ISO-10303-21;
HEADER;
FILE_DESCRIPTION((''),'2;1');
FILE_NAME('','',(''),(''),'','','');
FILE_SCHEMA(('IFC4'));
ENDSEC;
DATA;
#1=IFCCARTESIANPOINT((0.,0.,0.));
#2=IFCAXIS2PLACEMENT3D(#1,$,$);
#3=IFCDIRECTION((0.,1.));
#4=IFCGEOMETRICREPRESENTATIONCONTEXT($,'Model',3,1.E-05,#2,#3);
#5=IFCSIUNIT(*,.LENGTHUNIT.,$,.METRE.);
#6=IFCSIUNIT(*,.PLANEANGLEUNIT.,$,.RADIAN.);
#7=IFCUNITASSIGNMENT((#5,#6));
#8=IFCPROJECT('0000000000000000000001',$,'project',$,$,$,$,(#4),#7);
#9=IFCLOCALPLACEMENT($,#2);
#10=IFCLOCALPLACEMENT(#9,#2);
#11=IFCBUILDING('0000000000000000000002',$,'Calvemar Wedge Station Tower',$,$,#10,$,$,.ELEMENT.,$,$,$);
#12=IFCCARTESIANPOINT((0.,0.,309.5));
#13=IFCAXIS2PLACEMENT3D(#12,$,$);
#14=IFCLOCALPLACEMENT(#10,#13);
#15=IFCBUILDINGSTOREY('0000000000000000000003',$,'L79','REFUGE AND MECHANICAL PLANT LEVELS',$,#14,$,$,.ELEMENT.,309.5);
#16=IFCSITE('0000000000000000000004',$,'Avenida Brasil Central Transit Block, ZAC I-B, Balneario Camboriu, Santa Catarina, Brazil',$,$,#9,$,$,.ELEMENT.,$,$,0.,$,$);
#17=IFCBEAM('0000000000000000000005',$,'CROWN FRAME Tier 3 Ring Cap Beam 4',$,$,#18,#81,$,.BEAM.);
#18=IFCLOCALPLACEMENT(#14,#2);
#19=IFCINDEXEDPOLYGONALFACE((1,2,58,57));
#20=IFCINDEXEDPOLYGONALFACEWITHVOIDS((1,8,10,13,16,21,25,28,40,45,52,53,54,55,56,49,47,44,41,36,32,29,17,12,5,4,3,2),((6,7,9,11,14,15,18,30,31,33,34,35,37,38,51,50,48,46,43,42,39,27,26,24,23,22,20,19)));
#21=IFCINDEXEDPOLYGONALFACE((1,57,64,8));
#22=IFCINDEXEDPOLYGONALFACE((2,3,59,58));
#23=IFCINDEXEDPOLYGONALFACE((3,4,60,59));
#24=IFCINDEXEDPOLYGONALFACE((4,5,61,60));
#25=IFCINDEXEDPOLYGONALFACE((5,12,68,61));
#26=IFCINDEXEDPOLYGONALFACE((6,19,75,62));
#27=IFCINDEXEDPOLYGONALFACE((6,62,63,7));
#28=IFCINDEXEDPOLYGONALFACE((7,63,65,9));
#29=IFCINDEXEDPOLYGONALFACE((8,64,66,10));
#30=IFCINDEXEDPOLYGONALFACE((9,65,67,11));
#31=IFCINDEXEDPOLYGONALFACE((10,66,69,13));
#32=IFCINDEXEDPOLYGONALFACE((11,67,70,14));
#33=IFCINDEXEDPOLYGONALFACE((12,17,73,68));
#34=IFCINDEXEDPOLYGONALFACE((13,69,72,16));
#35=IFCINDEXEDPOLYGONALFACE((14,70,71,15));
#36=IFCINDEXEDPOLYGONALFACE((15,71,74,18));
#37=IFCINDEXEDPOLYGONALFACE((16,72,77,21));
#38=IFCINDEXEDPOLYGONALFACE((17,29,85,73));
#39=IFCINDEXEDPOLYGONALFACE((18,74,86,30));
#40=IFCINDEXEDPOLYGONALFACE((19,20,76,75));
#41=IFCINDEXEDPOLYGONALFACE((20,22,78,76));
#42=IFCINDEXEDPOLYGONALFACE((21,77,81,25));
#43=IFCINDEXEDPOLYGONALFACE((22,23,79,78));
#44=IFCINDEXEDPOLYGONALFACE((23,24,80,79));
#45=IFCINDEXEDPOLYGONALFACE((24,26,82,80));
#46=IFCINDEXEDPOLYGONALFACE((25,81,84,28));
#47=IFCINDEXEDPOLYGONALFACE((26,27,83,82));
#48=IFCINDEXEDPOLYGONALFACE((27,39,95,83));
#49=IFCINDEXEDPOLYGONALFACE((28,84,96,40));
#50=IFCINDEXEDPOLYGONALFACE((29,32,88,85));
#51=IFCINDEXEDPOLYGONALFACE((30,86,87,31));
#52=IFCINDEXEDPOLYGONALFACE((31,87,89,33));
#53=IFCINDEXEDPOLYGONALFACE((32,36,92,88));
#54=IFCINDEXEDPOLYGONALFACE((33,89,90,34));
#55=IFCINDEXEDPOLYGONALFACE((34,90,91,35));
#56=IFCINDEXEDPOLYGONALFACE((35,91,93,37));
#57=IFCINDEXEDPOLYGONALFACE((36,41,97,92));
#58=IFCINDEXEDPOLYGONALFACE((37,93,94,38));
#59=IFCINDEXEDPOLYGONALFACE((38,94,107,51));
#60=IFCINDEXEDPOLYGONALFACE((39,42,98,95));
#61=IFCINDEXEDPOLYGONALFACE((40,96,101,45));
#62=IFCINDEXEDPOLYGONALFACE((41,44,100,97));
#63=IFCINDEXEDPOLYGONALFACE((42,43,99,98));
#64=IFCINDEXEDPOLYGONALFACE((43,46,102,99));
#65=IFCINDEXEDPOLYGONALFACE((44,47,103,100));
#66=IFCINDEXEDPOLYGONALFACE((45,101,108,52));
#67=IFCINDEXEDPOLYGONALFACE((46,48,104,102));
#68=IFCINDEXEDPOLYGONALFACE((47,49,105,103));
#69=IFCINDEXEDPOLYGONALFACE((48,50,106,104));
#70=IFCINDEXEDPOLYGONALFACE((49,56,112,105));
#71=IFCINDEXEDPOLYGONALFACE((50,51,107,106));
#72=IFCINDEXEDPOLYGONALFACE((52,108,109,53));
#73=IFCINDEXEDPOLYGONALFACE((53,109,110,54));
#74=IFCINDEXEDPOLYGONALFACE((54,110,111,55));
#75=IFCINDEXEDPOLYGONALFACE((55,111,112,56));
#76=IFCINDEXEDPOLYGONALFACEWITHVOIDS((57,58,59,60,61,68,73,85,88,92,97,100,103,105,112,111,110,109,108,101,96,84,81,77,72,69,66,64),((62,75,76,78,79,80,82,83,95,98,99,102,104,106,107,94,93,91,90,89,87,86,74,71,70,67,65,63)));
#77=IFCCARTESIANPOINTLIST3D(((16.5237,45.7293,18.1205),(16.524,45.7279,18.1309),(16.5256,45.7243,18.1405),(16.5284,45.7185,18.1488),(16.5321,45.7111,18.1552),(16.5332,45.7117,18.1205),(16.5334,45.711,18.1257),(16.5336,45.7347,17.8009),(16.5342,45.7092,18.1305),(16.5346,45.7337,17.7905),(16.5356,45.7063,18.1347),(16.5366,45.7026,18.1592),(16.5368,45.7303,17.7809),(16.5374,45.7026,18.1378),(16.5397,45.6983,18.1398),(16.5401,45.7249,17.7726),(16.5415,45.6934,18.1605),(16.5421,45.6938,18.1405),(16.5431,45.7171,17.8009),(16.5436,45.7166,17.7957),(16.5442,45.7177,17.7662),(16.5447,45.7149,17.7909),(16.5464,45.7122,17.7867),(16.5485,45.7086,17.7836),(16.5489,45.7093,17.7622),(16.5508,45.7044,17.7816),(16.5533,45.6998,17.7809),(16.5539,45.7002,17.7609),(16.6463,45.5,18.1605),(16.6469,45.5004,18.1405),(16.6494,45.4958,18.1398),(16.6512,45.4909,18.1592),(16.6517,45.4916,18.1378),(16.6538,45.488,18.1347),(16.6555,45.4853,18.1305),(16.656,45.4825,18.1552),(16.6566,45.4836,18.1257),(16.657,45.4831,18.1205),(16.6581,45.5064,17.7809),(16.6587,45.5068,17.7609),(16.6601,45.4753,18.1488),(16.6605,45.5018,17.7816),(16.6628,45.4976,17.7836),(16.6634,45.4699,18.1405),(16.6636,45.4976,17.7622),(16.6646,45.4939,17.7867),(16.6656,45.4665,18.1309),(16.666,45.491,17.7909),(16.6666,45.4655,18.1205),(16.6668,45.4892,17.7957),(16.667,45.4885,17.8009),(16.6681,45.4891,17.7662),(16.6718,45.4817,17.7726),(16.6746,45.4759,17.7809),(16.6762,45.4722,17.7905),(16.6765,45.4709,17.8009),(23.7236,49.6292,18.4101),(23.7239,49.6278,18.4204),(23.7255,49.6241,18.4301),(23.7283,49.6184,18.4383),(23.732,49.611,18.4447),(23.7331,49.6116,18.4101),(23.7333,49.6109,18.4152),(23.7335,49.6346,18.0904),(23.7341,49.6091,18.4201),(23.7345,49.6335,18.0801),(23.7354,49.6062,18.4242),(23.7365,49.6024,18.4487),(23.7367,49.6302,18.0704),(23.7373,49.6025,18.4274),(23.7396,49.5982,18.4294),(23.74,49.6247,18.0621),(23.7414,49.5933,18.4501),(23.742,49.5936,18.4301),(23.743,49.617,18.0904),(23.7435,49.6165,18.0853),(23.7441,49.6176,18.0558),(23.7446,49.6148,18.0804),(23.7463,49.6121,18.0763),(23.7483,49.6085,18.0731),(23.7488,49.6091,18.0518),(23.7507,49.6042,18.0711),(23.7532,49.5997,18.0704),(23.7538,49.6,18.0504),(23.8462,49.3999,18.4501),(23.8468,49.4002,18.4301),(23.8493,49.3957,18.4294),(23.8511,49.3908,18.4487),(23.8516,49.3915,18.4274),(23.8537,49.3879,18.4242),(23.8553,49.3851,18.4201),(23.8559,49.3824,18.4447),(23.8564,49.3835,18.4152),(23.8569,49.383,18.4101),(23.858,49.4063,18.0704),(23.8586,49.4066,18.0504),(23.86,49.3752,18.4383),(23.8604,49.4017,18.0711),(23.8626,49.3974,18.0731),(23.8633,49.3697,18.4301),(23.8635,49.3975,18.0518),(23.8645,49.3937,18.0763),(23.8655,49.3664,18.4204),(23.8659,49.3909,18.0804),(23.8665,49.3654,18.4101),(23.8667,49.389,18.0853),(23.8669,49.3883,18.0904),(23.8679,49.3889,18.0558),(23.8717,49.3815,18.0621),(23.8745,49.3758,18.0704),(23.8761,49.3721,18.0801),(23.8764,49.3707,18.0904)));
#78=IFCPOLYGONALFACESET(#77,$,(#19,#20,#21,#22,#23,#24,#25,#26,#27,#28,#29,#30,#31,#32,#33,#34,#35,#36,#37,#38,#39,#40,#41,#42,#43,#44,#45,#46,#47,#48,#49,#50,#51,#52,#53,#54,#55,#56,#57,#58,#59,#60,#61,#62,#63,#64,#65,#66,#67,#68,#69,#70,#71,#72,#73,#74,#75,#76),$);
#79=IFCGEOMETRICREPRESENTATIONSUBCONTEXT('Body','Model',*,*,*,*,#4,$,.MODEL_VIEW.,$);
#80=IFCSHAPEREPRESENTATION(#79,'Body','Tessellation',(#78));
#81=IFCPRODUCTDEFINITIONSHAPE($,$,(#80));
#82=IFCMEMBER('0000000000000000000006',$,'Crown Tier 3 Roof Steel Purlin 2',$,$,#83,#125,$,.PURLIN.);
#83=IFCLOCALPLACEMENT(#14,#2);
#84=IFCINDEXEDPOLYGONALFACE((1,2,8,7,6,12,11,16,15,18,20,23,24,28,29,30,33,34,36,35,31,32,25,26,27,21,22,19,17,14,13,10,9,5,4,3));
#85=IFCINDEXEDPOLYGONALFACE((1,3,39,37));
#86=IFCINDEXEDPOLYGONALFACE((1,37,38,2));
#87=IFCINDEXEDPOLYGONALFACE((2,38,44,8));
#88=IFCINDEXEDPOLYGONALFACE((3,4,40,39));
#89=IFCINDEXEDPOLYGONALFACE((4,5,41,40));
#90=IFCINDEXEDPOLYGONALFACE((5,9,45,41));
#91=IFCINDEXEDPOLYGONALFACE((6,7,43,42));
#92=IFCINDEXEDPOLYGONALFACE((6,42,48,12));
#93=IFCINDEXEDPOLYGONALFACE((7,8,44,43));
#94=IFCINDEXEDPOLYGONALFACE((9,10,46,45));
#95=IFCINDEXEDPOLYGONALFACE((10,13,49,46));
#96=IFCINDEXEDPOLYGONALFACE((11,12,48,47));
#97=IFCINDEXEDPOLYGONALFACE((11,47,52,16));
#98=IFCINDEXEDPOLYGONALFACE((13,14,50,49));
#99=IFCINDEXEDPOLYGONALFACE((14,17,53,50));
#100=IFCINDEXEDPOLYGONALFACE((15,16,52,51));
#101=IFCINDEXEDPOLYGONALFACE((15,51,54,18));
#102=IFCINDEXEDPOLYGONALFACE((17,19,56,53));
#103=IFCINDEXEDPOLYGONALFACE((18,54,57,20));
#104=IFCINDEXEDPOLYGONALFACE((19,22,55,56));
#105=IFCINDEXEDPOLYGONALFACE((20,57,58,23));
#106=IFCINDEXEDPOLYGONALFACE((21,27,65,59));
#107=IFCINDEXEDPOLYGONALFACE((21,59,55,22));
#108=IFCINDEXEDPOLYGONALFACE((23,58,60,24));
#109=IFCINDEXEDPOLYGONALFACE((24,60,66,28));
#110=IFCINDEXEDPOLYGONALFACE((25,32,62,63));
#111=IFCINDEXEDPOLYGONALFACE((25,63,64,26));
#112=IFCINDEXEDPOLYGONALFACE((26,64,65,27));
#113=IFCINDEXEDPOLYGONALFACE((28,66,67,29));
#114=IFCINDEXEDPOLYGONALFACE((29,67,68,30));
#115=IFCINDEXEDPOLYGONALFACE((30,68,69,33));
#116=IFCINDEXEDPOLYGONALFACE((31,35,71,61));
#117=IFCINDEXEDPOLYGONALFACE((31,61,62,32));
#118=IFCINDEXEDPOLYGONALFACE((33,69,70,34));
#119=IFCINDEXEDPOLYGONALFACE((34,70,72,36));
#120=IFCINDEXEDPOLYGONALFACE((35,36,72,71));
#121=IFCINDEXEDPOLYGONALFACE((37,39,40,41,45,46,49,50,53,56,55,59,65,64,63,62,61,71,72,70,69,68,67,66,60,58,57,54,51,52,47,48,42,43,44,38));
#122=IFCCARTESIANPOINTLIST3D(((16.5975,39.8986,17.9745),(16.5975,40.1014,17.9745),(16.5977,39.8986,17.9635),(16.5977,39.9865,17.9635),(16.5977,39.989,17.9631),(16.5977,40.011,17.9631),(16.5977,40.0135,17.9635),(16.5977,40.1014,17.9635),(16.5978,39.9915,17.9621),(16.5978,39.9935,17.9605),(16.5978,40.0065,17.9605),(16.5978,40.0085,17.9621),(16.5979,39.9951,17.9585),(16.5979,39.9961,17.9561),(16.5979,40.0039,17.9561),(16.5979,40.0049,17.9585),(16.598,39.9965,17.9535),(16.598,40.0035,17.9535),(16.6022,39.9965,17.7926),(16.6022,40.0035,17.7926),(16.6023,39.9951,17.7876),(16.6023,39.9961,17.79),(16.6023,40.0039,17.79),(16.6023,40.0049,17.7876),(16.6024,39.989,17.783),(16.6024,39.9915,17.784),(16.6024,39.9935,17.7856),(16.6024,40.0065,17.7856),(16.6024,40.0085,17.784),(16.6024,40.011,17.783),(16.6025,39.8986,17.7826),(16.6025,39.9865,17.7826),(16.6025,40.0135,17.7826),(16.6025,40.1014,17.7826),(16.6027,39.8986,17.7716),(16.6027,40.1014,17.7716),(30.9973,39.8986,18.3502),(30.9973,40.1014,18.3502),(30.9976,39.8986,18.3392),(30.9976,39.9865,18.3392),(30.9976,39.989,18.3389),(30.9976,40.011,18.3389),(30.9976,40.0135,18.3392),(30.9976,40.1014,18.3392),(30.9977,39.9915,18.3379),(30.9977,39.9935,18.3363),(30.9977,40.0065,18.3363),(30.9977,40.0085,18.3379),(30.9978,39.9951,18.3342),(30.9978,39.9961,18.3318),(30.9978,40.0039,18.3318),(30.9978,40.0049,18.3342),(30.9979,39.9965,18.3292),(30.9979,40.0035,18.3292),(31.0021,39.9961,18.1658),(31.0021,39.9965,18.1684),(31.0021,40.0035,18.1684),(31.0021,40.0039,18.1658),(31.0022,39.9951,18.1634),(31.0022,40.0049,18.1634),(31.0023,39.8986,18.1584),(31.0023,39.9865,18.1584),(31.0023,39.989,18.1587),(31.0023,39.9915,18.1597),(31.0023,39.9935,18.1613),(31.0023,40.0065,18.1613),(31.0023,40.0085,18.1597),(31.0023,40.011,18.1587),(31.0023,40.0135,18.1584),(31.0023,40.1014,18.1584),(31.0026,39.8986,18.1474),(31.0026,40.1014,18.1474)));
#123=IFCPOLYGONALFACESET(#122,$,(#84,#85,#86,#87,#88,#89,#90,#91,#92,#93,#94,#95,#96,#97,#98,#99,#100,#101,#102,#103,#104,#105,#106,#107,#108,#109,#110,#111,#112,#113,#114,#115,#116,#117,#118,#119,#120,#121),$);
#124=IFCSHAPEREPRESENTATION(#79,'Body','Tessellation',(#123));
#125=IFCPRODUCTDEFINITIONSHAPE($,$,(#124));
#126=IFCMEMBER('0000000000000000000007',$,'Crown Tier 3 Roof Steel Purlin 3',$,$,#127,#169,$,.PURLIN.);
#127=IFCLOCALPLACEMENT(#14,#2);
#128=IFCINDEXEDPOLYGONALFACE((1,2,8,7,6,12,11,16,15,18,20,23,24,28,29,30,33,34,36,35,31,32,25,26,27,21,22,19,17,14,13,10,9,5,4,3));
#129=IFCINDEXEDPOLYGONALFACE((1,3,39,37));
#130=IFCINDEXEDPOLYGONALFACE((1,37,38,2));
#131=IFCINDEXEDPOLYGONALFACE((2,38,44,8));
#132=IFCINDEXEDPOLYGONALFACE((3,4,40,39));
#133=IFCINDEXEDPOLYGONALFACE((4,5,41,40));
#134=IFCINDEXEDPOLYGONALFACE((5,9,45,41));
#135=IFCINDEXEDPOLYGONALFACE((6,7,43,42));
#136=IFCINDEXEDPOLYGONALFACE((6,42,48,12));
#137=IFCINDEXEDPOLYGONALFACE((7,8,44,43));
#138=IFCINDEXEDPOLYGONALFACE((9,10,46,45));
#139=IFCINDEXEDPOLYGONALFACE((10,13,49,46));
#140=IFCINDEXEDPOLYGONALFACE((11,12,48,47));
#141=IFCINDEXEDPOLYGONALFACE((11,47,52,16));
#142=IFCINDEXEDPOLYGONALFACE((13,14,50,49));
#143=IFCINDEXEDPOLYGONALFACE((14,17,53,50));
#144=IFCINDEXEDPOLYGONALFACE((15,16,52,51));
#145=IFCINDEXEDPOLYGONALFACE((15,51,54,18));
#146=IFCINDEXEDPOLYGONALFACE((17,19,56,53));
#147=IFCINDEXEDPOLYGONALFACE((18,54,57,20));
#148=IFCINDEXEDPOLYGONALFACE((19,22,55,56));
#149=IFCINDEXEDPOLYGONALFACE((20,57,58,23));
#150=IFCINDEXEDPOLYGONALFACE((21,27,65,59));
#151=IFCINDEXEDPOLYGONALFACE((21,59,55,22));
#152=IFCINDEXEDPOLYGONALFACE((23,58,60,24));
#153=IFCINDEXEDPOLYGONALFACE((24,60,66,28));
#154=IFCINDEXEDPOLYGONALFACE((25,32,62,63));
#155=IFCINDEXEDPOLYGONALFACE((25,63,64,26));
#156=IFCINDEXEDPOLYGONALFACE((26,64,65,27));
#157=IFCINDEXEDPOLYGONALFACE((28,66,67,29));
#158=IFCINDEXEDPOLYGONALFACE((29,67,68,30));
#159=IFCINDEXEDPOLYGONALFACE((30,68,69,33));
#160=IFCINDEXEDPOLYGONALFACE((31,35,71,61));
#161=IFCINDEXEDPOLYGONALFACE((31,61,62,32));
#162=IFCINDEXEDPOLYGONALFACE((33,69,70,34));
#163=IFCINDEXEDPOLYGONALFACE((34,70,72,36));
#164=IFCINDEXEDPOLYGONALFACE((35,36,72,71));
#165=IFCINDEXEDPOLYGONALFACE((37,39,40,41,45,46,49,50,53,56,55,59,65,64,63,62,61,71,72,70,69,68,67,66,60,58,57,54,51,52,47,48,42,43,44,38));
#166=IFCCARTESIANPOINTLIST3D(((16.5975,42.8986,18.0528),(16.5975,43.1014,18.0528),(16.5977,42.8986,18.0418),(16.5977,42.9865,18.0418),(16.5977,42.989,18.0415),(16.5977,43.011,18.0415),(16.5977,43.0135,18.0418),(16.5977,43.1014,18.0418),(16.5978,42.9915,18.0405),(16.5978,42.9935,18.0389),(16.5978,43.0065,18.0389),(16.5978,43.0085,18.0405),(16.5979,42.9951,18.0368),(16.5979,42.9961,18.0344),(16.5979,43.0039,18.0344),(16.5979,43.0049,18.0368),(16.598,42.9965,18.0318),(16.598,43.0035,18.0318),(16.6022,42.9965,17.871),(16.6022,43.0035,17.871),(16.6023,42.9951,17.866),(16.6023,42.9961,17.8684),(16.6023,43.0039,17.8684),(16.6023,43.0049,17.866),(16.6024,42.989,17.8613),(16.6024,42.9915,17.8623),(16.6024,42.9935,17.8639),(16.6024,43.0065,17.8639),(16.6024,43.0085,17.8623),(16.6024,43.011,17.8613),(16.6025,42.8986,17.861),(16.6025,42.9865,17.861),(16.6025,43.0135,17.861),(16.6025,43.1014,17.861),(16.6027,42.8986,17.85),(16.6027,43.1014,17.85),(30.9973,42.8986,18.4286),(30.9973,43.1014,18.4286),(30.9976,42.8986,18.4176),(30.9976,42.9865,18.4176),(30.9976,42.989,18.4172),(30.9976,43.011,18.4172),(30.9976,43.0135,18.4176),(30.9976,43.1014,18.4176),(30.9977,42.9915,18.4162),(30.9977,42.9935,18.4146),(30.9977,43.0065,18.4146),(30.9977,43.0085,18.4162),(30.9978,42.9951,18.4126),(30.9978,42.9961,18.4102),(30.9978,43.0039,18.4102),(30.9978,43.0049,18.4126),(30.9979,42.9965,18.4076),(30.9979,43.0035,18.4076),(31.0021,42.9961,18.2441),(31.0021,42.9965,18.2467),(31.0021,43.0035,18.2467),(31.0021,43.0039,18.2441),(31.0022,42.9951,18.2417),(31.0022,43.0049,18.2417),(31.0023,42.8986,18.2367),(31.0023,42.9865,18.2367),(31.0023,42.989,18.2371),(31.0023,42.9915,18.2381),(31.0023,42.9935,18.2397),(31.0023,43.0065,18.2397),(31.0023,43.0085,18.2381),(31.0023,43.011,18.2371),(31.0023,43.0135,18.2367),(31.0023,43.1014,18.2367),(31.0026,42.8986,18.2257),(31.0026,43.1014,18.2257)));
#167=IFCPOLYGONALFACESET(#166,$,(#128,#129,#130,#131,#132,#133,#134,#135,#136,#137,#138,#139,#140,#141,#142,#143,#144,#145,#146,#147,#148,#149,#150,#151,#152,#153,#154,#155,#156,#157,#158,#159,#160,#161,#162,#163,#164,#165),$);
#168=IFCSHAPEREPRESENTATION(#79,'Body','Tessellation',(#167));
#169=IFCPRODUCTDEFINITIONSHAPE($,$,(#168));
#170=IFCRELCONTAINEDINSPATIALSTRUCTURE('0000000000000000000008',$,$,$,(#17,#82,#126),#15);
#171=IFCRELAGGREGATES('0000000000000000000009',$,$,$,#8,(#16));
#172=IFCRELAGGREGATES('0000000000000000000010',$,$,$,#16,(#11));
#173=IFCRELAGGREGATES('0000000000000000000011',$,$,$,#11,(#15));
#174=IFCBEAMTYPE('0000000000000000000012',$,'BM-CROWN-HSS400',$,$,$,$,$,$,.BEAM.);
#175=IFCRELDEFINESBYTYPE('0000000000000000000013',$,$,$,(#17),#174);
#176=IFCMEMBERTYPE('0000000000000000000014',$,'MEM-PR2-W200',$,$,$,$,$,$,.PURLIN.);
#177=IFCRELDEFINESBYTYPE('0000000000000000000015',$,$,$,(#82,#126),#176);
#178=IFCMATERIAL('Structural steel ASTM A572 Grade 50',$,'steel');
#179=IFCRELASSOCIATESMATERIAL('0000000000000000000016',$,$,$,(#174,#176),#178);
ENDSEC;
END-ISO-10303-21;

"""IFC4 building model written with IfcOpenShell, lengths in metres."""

from ifc_helpers import new_model, si_unit, direction, frame, origin, origin_2d, place, context, subcontext, project, spatial, hollow_rectangle, i_section, extrude, source, transform, mapped, material, material_profile, profile_set, type_object, element, save


model = new_model("IFC4")

# Units and contexts
model_context = context("Model", 3, precision=1e-05, world=origin(), true_north=direction((0.0, 1.0)))
body_context = subcontext(model_context, "Body", "Model", "MODEL_VIEW")
ifc_project = project(units=[si_unit("LENGTHUNIT", "METRE"), si_unit("PLANEANGLEUNIT", "RADIAN")], contexts=[model_context])

# Site, building, storey
site_placement = place(None, origin())
site = spatial("IfcSite", under=ifc_project, at=site_placement, Name="Avenida Brasil Central Transit Block, ZAC I-B, Balneario Camboriu, Santa Catarina, Brazil", CompositionType="ELEMENT", RefElevation=0.0)
building_placement = place(site_placement, origin())
building = spatial("IfcBuilding", under=site, at=building_placement, Name="Calvemar Wedge Station Tower", CompositionType="ELEMENT")
storey_placement = place(building_placement, frame((0.0, 0.0, 309.5)))
storey = spatial("IfcBuildingStorey", under=building, at=storey_placement, Name="L79", Description="REFUGE AND MECHANICAL PLANT LEVELS", CompositionType="ELEMENT", Elevation=309.5)

# Shared definitions
ifc_material_1 = material(Name="Structural steel ASTM A572 Grade 50", Category="steel")

# Shared definitions
ifc_material_profile_1 = material_profile(ifc_material_1, hollow_rectangle(XDim=0.3, YDim=0.3999, WallThickness=0.02, InnerFilletRadius=0.02, OuterFilletRadius=0.04, at=origin_2d()), Name="HSS400x300x20")
ifc_profile_set_1 = profile_set([ifc_material_profile_1], Name="Structural steel ASTM A572 Grade 50")
beam_type = type_object("IfcBeamType", Name="BM-CROWN-HSS400", PredefinedType="BEAM", material=ifc_profile_set_1)

# Shared definitions
ifc_material_profile_2 = material_profile(ifc_material_1, i_section(OverallWidth=0.2029, OverallDepth=0.2029, WebThickness=0.0071, FlangeThickness=0.011, FilletRadius=0.01, at=origin_2d()), Name="W200x46.1")
ifc_profile_set_2 = profile_set([ifc_material_profile_2], Name="Structural steel ASTM A572 Grade 50")
member_type_1 = type_object("IfcMemberType", Name="MEM-PR2-W200", PredefinedType="PURLIN", material=ifc_profile_set_2)

# Beam
shared_shape_1 = source(origin(), body_context, "Body", "SweptSolid", [
    extrude(hollow_rectangle(XDim=0.3, YDim=0.3999, WallThickness=0.02, InnerFilletRadius=0.02, OuterFilletRadius=0.04, at=origin_2d()), origin(), (0.0, 0.0, 1.0), 8.1934),
])
for number, where, z_axis, x_axis, name in (
    (1, (16.6001, 45.6001, 17.9607), (0.878746, 0.475979, 0.035339), (-0.476276, 0.879296, 0.0), "CROWN FRAME Tier 3 Ring Cap Beam 4"),
):
    element("IfcBeam", number, at=place(storey_placement, frame(where, z_axis=z_axis, x_axis=x_axis)), inside=storey, type_object=beam_type, Name=name, PredefinedType="BEAM", context=body_context, shape_type="MappedRepresentation", body=[
        mapped(shared_shape_1, transform((0.0, 0.0, 0.0), scale=1.0)),
    ])

# Members
shared_shape_2 = source(origin(), body_context, "Body", "SweptSolid", [
    extrude(i_section(OverallWidth=0.2029, OverallDepth=0.2029, WebThickness=0.0071, FlangeThickness=0.011, FilletRadius=0.01, at=origin_2d()), origin(), (0.0, 0.0, 1.0), 14.4048),
])
for number, where, z_axis, x_axis, name in (
    (2, (16.6001, 40.0, 17.873), (0.99966, 0.0, 0.026084), (0.0, 1.0, 0.0), "Crown Tier 3 Roof Steel Purlin 2"),
    (3, (16.6001, 43.0, 17.9514), (0.99966, 0.0, 0.026084), (0.0, 1.0, 0.0), "Crown Tier 3 Roof Steel Purlin 3"),
):
    element("IfcMember", number, at=place(storey_placement, frame(where, z_axis=z_axis, x_axis=x_axis)), inside=storey, type_object=member_type_1, Name=name, PredefinedType="PURLIN", context=body_context, shape_type="MappedRepresentation", body=[
        mapped(shared_shape_2, transform((0.0, 0.0, 0.0), scale=1.0)),
    ])

save(model, "model.ifc")
